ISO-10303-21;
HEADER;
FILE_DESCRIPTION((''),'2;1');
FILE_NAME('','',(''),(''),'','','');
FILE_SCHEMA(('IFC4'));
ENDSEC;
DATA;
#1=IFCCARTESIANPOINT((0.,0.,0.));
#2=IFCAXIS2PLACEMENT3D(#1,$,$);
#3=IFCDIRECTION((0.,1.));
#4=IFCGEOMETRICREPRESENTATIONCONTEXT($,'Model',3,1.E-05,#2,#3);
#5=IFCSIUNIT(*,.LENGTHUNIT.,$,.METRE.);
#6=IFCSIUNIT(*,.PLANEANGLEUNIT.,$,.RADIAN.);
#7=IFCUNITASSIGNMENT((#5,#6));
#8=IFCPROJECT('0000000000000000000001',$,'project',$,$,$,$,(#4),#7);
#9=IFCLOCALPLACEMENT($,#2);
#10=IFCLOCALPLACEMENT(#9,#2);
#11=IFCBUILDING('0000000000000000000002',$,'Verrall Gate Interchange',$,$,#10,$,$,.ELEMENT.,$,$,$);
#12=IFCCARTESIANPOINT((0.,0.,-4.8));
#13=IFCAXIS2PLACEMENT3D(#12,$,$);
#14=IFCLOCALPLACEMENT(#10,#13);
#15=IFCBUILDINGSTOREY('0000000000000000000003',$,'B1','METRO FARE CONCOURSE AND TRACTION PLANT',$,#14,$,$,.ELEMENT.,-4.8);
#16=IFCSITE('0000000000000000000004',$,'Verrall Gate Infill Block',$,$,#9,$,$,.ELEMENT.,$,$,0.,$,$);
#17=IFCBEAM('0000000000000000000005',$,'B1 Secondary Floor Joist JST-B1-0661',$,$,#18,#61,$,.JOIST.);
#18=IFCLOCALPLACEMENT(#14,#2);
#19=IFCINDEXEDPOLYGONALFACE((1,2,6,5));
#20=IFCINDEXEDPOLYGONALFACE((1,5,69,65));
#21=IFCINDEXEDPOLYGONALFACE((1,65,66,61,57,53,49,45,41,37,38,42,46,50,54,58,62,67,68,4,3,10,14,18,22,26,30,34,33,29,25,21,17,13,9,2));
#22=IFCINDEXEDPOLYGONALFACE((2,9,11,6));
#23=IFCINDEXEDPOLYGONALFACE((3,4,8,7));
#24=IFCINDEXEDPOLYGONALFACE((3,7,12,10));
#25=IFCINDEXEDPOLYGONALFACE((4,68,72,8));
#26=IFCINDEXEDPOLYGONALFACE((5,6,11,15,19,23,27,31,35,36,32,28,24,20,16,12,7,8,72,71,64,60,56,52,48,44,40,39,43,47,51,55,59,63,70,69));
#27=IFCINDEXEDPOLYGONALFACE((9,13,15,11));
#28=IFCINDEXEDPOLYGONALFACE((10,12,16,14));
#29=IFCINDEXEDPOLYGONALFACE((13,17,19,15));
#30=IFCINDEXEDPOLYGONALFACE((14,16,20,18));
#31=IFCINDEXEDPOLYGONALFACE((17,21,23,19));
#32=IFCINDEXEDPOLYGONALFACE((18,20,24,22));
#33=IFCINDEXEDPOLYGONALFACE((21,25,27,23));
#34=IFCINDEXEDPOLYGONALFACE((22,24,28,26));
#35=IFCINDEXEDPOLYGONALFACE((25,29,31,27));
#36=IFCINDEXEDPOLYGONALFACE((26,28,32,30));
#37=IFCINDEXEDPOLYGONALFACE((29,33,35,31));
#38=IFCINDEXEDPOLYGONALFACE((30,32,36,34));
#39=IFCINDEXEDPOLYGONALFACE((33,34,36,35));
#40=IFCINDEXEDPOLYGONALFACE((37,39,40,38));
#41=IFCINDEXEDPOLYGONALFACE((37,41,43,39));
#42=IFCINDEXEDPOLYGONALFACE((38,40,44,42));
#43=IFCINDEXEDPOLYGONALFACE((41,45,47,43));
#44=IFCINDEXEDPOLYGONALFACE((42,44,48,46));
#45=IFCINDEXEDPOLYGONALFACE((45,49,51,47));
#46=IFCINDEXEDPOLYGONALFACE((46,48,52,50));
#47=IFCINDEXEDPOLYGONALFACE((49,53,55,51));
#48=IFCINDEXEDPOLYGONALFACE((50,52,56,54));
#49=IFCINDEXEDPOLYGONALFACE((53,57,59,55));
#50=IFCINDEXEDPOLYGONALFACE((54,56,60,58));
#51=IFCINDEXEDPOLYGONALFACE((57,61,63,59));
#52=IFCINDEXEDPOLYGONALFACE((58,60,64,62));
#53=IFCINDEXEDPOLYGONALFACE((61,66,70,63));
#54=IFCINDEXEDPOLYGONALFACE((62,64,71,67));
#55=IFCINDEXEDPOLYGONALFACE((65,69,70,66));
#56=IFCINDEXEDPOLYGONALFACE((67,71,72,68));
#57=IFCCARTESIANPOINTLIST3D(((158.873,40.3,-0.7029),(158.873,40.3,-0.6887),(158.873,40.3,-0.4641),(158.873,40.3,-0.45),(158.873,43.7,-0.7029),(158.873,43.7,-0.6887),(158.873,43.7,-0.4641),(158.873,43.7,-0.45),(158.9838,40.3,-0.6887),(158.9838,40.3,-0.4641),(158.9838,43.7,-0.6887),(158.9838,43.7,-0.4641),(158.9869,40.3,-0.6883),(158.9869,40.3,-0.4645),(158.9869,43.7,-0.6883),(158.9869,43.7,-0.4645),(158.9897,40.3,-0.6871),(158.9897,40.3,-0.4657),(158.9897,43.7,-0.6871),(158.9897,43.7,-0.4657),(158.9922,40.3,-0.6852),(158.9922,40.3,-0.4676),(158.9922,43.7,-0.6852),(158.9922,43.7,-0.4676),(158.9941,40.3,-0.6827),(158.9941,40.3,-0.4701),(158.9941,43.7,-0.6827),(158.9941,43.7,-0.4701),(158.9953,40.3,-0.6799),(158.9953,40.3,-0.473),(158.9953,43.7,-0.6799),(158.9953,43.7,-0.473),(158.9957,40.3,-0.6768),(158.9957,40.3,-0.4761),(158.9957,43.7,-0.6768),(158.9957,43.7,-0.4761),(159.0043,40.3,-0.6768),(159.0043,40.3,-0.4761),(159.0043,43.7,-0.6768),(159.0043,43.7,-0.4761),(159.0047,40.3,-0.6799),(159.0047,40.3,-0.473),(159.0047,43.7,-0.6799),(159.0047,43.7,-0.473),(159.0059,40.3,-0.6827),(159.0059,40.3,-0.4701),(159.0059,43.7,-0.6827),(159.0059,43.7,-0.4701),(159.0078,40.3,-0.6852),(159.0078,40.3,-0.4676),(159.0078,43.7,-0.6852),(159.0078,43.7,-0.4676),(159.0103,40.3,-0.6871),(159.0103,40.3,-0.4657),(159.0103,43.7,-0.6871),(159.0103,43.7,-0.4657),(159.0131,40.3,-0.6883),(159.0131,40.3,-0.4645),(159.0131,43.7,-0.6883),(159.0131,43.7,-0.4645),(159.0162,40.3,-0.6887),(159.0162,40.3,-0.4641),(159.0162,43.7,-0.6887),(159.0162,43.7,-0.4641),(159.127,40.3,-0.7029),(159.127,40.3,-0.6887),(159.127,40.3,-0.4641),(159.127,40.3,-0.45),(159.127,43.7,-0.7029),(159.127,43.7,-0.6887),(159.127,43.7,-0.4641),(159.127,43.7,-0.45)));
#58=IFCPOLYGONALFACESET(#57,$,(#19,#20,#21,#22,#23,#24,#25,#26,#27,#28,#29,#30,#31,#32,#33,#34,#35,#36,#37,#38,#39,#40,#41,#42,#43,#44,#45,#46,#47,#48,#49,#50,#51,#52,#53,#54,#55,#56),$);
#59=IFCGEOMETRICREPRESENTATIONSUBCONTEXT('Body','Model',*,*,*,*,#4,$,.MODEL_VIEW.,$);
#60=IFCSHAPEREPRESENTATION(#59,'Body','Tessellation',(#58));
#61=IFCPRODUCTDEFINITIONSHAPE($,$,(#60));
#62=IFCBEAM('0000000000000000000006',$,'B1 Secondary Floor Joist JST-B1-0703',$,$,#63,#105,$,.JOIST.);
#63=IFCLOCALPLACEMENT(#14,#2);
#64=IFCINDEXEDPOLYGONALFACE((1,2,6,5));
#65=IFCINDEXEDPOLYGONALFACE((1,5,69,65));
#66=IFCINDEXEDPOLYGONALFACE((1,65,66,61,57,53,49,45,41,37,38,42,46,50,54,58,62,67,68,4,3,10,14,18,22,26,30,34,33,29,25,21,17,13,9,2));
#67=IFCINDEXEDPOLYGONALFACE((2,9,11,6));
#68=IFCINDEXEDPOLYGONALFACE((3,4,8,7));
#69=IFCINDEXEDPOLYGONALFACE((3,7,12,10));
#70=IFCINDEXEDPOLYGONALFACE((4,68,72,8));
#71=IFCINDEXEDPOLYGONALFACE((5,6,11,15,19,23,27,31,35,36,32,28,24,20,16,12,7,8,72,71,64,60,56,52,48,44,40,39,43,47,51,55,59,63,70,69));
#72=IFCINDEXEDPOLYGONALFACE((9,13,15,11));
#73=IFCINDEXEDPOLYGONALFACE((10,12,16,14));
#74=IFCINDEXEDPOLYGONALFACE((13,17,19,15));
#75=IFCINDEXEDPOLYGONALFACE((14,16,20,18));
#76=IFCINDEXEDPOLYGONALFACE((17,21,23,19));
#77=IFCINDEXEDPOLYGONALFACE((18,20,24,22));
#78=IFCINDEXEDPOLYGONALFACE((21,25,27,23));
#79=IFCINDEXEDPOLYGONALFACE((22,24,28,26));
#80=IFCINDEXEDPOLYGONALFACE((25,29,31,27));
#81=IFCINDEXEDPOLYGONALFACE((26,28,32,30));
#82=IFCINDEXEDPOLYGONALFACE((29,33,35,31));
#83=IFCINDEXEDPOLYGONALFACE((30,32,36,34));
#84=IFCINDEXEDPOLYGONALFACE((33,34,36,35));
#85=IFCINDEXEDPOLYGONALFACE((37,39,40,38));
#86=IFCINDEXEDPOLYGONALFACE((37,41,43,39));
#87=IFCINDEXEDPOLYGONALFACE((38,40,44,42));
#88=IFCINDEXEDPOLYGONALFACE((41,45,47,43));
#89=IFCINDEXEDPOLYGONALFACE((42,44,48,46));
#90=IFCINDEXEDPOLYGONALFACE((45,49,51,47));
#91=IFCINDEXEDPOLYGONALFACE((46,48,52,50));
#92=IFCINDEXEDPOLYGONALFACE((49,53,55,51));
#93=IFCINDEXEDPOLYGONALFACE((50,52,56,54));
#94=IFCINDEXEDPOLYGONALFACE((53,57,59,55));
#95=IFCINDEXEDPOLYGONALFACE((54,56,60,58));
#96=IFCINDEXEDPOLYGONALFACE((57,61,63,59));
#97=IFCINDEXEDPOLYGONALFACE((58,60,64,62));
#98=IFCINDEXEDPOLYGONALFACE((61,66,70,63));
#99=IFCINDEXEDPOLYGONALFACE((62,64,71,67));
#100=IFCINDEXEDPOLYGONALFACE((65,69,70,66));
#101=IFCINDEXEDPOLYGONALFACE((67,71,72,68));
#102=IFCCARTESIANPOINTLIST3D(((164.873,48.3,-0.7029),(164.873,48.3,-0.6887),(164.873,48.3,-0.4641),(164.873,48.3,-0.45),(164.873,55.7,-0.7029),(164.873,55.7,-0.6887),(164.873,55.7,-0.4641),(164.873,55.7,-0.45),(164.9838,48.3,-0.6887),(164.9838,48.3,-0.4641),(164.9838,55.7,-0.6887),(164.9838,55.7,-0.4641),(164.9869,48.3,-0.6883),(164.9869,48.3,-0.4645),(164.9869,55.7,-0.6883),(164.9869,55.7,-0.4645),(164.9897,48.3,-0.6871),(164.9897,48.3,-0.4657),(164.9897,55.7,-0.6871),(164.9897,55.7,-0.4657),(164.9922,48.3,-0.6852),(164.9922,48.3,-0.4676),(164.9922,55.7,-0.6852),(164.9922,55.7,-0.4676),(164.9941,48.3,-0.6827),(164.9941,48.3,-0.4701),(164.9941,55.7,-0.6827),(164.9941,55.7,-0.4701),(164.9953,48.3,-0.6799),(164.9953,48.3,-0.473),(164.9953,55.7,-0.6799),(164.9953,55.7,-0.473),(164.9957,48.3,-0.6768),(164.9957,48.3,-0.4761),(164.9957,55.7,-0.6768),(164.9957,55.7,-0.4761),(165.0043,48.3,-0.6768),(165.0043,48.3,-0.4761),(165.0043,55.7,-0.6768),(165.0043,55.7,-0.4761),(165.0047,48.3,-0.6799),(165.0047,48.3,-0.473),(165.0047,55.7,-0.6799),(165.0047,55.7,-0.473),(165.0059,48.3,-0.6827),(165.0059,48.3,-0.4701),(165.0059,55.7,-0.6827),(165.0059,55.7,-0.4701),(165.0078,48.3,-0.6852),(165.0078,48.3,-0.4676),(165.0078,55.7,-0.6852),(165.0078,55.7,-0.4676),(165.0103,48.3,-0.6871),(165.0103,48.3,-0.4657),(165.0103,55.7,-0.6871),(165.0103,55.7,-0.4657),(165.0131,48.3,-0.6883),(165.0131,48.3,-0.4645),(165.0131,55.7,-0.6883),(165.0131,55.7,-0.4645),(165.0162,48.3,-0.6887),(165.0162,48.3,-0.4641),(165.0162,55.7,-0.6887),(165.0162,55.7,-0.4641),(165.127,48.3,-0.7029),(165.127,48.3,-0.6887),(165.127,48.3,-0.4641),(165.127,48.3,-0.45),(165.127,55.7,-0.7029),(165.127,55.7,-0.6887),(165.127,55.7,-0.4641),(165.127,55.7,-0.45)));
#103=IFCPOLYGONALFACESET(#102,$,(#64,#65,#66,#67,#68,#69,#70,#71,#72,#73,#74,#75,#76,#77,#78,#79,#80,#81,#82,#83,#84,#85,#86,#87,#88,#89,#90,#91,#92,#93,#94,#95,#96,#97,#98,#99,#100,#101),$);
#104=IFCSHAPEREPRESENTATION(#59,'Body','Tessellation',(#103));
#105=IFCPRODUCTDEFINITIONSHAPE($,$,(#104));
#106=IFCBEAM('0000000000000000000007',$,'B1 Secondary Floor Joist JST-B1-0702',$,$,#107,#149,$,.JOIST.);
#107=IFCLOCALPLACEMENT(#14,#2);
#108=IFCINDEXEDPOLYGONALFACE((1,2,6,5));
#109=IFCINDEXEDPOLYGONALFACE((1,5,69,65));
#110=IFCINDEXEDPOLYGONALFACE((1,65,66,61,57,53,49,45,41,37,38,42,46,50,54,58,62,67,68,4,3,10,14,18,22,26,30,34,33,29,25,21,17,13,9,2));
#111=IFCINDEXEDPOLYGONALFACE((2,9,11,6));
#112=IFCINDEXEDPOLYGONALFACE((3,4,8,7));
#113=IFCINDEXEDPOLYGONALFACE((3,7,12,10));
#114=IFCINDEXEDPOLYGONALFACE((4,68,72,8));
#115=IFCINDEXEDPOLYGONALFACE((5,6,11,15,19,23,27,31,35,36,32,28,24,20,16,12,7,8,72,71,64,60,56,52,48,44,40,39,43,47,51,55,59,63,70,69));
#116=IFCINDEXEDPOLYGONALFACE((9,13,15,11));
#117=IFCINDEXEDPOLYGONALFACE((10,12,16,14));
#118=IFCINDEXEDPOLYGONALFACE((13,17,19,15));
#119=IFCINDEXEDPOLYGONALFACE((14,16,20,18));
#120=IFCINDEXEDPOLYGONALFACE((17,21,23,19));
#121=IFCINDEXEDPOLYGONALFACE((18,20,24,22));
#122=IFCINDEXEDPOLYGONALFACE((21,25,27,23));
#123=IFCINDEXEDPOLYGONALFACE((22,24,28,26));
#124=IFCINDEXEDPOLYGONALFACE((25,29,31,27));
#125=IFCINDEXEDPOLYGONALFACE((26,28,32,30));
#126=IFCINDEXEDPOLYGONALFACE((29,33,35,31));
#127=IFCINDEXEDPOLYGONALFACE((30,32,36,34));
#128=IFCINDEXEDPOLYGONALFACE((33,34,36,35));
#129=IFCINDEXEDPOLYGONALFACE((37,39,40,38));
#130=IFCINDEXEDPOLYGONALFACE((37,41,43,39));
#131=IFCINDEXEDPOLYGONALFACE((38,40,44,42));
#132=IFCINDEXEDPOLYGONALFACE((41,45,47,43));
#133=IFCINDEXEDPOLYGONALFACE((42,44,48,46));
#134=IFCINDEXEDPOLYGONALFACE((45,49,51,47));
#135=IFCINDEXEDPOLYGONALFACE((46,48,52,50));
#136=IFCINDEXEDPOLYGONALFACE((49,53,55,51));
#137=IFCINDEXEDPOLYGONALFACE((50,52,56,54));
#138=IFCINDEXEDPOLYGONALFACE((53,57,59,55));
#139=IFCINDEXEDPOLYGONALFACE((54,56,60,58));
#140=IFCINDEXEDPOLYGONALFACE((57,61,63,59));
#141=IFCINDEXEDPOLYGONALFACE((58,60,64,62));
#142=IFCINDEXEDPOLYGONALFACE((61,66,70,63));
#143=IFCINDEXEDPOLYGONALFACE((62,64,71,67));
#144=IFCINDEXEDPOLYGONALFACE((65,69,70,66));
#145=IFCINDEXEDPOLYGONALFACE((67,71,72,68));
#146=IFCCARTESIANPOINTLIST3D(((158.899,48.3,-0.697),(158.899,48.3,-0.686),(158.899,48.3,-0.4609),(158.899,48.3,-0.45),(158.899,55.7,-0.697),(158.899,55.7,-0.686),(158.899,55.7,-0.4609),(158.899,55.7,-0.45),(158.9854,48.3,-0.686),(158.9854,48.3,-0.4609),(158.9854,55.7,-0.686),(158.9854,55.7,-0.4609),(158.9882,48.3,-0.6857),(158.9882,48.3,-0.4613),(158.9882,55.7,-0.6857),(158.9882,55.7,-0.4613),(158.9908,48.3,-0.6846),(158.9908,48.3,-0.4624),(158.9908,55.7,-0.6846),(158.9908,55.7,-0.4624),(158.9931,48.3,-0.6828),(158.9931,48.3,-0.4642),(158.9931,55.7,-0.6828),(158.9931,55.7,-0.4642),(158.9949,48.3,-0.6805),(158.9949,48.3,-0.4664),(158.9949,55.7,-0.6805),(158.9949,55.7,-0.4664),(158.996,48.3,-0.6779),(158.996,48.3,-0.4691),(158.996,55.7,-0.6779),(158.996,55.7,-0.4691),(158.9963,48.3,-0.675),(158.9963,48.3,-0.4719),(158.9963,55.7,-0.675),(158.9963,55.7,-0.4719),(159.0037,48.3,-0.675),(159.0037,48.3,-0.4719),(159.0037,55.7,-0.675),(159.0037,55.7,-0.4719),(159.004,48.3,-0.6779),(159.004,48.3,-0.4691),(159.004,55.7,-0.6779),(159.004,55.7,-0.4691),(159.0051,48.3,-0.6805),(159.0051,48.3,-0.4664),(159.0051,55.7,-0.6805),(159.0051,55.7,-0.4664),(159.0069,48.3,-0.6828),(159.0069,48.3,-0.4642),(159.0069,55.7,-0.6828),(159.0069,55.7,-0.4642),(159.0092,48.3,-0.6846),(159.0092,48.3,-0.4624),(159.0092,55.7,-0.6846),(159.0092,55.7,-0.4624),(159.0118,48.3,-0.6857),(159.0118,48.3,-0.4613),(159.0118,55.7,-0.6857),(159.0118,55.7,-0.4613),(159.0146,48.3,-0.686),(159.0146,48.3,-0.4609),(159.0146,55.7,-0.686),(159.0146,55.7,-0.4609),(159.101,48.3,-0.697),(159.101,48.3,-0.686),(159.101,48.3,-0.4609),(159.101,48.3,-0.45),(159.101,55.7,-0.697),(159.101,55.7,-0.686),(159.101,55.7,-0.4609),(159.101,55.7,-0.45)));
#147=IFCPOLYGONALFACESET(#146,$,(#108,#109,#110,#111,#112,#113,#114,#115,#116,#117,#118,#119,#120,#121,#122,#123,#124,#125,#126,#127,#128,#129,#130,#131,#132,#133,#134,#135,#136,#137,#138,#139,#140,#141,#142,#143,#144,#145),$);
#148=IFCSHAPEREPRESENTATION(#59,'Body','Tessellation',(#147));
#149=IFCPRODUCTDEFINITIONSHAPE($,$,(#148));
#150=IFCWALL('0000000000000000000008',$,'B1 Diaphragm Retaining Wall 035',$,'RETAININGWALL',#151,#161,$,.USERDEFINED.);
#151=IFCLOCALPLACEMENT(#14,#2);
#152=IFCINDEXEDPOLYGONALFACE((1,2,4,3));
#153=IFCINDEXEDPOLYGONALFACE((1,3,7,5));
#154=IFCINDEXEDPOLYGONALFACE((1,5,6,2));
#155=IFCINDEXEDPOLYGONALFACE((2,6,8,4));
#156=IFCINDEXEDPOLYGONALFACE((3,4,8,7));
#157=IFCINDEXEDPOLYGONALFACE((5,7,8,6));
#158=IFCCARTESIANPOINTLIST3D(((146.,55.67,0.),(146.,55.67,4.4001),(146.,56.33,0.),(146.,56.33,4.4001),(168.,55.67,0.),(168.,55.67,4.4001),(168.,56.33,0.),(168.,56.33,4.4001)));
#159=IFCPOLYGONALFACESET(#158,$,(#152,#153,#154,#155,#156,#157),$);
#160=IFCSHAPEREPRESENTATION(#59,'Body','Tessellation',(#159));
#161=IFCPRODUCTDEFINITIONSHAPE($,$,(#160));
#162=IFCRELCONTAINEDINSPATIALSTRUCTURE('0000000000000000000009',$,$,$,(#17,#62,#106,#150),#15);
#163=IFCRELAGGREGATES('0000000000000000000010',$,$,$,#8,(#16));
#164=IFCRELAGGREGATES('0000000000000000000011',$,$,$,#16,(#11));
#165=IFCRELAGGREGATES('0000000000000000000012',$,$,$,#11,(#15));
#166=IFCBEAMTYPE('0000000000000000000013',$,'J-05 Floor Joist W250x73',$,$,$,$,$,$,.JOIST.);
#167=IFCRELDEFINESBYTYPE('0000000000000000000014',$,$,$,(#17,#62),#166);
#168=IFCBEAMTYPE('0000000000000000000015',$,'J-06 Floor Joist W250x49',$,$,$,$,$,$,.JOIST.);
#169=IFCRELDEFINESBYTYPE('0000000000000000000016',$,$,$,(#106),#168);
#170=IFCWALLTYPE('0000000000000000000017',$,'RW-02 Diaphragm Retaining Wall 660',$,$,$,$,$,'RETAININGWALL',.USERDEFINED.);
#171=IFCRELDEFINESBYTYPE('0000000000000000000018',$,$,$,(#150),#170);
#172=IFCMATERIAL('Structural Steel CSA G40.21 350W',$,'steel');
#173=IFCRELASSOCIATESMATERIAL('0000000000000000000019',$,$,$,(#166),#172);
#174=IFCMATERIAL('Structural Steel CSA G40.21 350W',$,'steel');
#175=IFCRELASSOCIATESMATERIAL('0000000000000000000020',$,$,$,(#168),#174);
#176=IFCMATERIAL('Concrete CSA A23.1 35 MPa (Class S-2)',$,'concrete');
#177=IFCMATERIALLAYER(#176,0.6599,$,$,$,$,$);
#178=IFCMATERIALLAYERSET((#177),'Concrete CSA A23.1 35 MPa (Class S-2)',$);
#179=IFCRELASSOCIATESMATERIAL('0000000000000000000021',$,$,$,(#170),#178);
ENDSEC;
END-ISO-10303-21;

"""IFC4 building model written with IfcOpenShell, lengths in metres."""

from ifc_helpers import new_model, si_unit, direction, frame, frame_2d, origin, origin_2d, place, context, subcontext, project, spatial, rectangle, i_section, extrude, material, layer, layer_set, material_profile, profile_set, type_object, element, save


model = new_model("IFC4")

# Units and contexts
model_context = context("Model", 3, precision=1e-05, world=origin(), true_north=direction((0.0, 1.0)))
body_context = subcontext(model_context, "Body", "Model", "MODEL_VIEW")
ifc_project = project(units=[si_unit("LENGTHUNIT", "METRE"), si_unit("PLANEANGLEUNIT", "RADIAN")], contexts=[model_context])

# Site, building, storey
site_placement = place(None, origin())
site = spatial("IfcSite", under=ifc_project, at=site_placement, Name="Verrall Gate Infill Block", CompositionType="ELEMENT", RefElevation=0.0)
building_placement = place(site_placement, origin())
building = spatial("IfcBuilding", under=site, at=building_placement, Name="Verrall Gate Interchange", CompositionType="ELEMENT")
storey_placement = place(building_placement, frame((0.0, 0.0, -4.8)))
storey = spatial("IfcBuildingStorey", under=building, at=storey_placement, Name="B1", Description="METRO FARE CONCOURSE AND TRACTION PLANT", CompositionType="ELEMENT", Elevation=-4.8)

# Beams
ifc_material_1 = material(Name="Structural Steel CSA G40.21 350W", Category="steel")
ifc_material_profile_1 = material_profile(ifc_material_1, i_section(OverallWidth=0.2539, OverallDepth=0.2529, WebThickness=0.0085, FlangeThickness=0.0142, FilletRadius=0.012, at=origin_2d()), Name="W250x73")
ifc_profile_set_1 = profile_set([ifc_material_profile_1], Name="Structural Steel CSA G40.21 350W")
beam_type_1 = type_object("IfcBeamType", Name="J-05 Floor Joist W250x73", PredefinedType="JOIST", material=ifc_profile_set_1)
beam_1_placement = place(storey_placement, frame((159.0, 40.3, -0.5764), z_axis=(0.0, 1.0, 0.0), x_axis=(-1.0, 0.0, 0.0)))
element("IfcBeam", 1, at=beam_1_placement, inside=storey, type_object=beam_type_1, Name="B1 Secondary Floor Joist JST-B1-0661", PredefinedType="JOIST", context=body_context, shape_type="SweptSolid", body=[
    extrude(i_section(OverallWidth=0.2539, OverallDepth=0.2529, WebThickness=0.0085, FlangeThickness=0.0142, FilletRadius=0.012, at=origin_2d()), origin(), (0.0, 0.0, 1.0), 3.3999),
])
beam_2_placement = place(storey_placement, frame((165.0, 48.3, -0.5764), z_axis=(0.0, 1.0, 0.0), x_axis=(-1.0, 0.0, 0.0)))
element("IfcBeam", 2, at=beam_2_placement, inside=storey, type_object=beam_type_1, Name="B1 Secondary Floor Joist JST-B1-0703", PredefinedType="JOIST", context=body_context, shape_type="SweptSolid", body=[
    extrude(i_section(OverallWidth=0.2539, OverallDepth=0.2529, WebThickness=0.0085, FlangeThickness=0.0142, FilletRadius=0.012, at=origin_2d()), origin(), (0.0, 0.0, 1.0), 7.3999),
])
ifc_material_2 = material(Name="Structural Steel CSA G40.21 350W", Category="steel")
ifc_material_profile_2 = material_profile(ifc_material_2, i_section(OverallWidth=0.2019, OverallDepth=0.2471, WebThickness=0.0073, FlangeThickness=0.011, FilletRadius=0.011, at=origin_2d()), Name="W250x49")
ifc_profile_set_2 = profile_set([ifc_material_profile_2], Name="Structural Steel CSA G40.21 350W")
beam_type_2 = type_object("IfcBeamType", Name="J-06 Floor Joist W250x49", PredefinedType="JOIST", material=ifc_profile_set_2)
beam_3_placement = place(storey_placement, frame((159.0, 48.3, -0.5735), z_axis=(0.0, 1.0, 0.0), x_axis=(-1.0, 0.0, 0.0)))
element("IfcBeam", 3, at=beam_3_placement, inside=storey, type_object=beam_type_2, Name="B1 Secondary Floor Joist JST-B1-0702", PredefinedType="JOIST", context=body_context, shape_type="SweptSolid", body=[
    extrude(i_section(OverallWidth=0.2019, OverallDepth=0.2471, WebThickness=0.0073, FlangeThickness=0.011, FilletRadius=0.011, at=origin_2d()), origin(), (0.0, 0.0, 1.0), 7.3999),
])

# Wall
ifc_material_3 = material(Name="Concrete CSA A23.1 35 MPa (Class S-2)", Category="concrete")
ifc_layer = layer(ifc_material_3, 0.6599)
ifc_layer_set = layer_set([ifc_layer], Name="Concrete CSA A23.1 35 MPa (Class S-2)")
wall_type = type_object("IfcWallType", Name="RW-02 Diaphragm Retaining Wall 660", ElementType="RETAININGWALL", PredefinedType="USERDEFINED", material=ifc_layer_set)
wall_placement = place(storey_placement, frame((168.0, 56.0, 0.0), z_axis=(0.0, 0.0, 1.0), x_axis=(-1.0, 0.0, 0.0)))
element("IfcWall", 4, at=wall_placement, inside=storey, type_object=wall_type, Name="B1 Diaphragm Retaining Wall 035", ObjectType="RETAININGWALL", PredefinedType="USERDEFINED", context=body_context, shape_type="SweptSolid", body=[
    extrude(rectangle(XDim=22.0, YDim=0.6599, at=frame_2d((11.0, 0.0))), origin(), (0.0, 0.0, 1.0), 4.4001),
])

save(model, "model.ifc")
